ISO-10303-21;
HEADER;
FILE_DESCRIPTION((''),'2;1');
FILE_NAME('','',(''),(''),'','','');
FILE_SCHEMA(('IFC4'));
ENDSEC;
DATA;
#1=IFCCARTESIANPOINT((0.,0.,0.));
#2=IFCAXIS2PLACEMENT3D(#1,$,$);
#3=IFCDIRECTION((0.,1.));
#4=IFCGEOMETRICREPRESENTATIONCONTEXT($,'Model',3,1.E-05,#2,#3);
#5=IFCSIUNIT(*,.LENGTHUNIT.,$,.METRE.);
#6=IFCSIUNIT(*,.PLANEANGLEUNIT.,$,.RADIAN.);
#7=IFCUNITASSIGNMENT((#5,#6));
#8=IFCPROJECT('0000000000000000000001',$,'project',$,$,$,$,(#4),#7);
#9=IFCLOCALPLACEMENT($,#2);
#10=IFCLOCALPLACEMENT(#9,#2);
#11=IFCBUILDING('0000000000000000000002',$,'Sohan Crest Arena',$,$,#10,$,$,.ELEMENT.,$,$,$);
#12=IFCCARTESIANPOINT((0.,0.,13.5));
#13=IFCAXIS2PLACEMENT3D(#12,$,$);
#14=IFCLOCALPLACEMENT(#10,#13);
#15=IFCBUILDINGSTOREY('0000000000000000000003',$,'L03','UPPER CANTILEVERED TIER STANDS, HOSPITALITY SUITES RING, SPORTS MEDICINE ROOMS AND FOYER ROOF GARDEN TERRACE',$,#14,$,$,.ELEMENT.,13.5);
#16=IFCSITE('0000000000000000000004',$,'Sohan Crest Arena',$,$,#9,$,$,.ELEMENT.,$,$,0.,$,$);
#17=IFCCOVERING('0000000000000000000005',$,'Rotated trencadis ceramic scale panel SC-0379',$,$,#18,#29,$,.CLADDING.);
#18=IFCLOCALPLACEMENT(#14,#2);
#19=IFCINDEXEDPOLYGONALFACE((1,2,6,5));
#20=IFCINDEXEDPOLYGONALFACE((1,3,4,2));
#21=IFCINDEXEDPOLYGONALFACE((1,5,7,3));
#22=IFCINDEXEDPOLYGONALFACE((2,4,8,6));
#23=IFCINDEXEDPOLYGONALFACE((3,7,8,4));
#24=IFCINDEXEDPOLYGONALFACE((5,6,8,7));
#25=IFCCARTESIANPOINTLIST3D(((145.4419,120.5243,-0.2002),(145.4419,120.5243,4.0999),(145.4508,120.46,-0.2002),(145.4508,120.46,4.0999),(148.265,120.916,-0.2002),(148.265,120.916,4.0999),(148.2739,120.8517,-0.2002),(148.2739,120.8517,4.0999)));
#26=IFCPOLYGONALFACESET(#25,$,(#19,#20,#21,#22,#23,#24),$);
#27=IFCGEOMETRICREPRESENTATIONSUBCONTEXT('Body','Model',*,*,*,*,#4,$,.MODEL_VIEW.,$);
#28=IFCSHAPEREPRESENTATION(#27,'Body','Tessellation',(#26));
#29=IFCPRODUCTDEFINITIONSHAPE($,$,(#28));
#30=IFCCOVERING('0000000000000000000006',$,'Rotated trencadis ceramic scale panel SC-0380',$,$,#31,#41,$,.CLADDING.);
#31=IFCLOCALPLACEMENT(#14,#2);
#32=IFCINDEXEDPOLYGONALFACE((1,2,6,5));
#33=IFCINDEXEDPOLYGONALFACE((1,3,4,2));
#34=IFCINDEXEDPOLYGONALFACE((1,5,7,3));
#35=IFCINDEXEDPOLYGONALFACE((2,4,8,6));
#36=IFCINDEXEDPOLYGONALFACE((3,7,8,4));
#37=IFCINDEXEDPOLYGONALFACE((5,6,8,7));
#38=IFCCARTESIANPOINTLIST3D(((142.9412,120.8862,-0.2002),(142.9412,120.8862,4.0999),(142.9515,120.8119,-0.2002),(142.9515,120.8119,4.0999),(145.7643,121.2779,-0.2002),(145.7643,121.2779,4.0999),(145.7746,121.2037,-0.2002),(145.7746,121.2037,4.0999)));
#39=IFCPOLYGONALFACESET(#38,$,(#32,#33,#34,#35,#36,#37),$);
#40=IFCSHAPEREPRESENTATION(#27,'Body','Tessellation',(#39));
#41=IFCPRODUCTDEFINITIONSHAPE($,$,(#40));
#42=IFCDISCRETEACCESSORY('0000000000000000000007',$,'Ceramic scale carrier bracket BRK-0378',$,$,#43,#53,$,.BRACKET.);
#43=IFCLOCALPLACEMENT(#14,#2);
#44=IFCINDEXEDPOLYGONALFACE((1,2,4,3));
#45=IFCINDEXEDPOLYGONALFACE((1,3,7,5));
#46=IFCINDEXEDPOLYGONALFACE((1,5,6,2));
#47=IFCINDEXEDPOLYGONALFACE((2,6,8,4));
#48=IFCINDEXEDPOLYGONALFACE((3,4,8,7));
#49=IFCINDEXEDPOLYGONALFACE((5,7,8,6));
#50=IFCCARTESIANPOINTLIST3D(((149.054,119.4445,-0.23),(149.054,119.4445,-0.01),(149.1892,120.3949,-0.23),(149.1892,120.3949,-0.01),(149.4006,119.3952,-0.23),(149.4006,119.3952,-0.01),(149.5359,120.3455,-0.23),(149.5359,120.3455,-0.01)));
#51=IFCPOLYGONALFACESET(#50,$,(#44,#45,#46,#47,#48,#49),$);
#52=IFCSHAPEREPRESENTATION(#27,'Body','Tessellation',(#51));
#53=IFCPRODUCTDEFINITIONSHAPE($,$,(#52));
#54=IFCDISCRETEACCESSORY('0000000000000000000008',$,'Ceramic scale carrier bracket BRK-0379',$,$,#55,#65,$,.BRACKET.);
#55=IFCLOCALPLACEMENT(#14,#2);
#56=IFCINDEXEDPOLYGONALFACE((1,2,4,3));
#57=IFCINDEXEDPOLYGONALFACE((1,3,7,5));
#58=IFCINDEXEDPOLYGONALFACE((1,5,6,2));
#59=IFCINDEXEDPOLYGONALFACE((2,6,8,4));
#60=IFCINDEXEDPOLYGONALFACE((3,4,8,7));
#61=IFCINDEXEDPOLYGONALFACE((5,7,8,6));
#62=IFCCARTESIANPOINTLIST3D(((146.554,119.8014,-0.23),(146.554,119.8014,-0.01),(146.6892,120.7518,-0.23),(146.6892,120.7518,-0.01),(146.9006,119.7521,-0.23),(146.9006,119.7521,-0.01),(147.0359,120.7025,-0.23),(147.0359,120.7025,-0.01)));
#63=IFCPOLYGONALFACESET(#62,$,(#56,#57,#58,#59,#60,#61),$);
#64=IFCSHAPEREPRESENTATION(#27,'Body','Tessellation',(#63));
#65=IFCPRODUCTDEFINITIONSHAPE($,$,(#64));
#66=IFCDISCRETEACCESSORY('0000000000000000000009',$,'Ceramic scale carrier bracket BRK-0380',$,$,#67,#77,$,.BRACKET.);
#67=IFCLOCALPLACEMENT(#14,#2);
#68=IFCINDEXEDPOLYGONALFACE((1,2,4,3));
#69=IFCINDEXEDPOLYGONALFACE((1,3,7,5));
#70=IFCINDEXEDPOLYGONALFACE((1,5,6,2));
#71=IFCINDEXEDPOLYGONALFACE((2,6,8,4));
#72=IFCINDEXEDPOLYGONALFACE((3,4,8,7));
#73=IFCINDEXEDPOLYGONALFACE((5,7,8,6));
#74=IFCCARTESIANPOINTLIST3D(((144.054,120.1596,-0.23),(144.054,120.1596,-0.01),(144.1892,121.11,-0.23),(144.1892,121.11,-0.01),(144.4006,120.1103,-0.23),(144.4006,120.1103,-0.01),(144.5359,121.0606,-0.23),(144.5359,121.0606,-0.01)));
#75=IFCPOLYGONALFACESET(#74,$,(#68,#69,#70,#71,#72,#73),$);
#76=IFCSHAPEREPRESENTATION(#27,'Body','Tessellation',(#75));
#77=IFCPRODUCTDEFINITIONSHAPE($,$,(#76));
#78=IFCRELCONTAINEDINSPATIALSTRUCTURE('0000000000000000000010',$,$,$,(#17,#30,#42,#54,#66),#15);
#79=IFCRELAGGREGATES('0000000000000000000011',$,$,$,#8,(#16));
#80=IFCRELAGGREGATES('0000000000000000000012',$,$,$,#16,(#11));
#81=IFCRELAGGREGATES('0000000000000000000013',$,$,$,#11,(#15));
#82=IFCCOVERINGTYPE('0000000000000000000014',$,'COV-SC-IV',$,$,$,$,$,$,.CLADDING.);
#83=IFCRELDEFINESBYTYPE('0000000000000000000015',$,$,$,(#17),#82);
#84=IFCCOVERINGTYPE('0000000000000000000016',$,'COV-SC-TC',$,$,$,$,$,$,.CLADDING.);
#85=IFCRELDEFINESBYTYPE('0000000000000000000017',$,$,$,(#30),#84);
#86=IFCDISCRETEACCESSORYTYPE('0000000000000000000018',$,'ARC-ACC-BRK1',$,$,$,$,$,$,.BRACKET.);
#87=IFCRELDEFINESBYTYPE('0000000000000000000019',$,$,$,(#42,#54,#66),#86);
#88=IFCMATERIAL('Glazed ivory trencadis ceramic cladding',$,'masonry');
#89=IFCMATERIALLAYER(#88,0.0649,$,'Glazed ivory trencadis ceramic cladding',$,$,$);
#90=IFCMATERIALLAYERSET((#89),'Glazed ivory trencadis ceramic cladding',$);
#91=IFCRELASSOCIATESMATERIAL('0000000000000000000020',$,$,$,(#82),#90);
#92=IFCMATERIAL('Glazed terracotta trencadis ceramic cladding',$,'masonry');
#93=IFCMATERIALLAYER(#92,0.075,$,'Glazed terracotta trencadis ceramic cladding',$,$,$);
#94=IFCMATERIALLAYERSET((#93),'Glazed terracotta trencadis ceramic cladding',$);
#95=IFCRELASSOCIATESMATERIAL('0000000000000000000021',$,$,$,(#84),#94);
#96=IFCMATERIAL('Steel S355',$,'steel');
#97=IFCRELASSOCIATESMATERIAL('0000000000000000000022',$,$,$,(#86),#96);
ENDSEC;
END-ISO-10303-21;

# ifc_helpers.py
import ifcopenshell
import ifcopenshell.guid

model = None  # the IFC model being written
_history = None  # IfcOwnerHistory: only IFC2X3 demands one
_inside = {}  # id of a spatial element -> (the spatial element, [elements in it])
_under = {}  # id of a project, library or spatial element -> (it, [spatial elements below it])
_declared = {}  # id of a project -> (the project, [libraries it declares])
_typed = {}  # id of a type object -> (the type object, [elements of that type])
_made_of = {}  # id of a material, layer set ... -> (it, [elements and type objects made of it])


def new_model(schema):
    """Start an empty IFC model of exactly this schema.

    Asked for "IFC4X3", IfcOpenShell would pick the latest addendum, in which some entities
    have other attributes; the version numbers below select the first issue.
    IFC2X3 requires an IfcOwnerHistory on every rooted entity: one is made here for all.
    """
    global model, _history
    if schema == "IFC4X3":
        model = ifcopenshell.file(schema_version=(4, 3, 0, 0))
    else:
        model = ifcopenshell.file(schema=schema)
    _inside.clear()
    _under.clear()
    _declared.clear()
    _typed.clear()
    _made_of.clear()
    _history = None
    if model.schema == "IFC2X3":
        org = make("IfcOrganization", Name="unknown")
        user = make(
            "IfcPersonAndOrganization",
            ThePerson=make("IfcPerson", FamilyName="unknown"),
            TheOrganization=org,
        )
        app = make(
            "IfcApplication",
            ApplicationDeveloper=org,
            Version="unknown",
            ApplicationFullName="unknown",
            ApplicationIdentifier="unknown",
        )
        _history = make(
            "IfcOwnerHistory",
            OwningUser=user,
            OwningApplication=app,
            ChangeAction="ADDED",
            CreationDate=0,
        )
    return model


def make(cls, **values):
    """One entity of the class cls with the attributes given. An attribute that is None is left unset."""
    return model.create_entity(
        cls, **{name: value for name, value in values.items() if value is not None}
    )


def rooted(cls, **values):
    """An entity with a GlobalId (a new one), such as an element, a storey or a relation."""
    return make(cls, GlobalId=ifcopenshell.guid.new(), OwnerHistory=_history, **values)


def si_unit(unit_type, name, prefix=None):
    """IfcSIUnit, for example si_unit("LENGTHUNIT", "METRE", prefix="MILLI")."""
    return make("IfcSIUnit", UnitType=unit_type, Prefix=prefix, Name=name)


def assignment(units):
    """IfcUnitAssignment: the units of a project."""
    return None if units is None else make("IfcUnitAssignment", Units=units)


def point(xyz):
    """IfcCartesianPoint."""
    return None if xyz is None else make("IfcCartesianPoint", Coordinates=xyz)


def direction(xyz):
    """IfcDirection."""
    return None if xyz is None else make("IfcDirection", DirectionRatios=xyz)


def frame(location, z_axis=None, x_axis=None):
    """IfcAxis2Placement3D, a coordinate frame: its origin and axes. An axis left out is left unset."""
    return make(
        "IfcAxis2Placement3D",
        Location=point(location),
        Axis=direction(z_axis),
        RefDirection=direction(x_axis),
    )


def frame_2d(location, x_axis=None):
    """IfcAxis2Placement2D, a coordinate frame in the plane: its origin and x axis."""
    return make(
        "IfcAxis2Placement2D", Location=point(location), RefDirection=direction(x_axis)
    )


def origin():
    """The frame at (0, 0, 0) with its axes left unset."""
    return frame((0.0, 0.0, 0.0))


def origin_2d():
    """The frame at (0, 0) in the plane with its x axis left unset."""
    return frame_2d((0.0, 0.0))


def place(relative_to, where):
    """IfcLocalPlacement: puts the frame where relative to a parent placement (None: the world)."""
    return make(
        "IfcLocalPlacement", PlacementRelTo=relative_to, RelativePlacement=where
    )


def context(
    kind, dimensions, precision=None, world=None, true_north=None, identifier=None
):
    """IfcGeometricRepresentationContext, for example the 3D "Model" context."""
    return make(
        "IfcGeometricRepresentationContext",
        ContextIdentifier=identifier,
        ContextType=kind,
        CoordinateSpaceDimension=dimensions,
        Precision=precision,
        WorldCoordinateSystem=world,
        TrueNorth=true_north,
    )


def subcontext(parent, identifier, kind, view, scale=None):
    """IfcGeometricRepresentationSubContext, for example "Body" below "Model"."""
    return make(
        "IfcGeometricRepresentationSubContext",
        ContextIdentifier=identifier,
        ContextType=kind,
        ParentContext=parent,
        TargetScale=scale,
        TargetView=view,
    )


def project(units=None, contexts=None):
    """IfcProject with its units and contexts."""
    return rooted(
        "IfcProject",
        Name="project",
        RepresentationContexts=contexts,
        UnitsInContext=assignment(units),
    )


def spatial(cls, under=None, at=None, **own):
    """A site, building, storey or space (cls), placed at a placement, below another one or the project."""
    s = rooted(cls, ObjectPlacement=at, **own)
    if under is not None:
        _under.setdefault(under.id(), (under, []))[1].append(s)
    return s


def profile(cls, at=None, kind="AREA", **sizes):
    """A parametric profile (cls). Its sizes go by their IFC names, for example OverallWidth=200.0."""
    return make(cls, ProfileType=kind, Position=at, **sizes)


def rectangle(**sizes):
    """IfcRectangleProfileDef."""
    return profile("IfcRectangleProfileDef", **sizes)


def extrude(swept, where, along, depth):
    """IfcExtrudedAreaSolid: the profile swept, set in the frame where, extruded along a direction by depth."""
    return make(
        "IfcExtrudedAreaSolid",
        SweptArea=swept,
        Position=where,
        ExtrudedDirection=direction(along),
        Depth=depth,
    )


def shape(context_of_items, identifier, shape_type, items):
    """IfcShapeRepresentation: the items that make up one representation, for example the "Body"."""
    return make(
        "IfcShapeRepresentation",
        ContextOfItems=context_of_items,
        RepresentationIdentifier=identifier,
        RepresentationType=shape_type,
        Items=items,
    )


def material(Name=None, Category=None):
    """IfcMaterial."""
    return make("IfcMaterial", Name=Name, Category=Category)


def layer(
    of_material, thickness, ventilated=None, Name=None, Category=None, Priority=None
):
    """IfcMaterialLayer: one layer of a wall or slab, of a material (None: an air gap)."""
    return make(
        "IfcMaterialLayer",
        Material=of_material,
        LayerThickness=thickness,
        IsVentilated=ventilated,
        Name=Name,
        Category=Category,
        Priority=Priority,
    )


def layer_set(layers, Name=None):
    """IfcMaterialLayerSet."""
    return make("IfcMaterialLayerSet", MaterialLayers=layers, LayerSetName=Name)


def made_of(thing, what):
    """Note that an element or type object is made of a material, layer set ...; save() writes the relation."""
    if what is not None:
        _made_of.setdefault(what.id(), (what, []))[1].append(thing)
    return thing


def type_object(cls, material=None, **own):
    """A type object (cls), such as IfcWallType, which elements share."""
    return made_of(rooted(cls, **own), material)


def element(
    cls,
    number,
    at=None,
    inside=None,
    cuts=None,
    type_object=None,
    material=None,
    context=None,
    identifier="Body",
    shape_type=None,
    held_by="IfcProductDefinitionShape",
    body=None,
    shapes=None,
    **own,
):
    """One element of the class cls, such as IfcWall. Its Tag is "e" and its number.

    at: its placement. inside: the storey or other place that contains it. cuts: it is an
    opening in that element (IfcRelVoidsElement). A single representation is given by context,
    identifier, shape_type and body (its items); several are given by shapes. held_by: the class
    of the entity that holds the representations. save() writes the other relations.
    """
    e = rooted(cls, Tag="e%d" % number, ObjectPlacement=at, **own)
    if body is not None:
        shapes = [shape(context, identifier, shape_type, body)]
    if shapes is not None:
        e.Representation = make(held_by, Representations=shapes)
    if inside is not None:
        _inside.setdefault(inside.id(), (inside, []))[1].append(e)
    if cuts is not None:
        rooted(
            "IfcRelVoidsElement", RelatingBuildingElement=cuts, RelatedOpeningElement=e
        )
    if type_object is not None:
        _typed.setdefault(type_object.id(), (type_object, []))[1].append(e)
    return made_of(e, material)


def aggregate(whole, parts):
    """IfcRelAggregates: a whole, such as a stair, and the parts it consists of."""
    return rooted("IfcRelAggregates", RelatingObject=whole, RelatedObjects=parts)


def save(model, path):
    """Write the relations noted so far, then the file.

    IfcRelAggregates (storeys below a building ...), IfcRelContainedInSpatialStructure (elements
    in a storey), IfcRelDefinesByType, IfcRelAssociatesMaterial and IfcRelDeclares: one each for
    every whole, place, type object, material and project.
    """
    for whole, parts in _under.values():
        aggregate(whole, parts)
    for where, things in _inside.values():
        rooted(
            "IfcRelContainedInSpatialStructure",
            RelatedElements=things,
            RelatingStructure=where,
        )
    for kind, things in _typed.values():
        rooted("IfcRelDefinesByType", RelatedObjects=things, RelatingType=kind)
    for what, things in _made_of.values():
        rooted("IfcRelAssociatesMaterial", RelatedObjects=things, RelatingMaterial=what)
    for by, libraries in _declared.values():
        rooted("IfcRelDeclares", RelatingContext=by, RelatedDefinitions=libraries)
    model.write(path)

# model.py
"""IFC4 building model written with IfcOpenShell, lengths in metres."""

from ifc_helpers import new_model, si_unit, direction, frame, origin, origin_2d, place, context, subcontext, project, spatial, rectangle, extrude, material, layer, layer_set, type_object, element, save


model = new_model("IFC4")

# Units and contexts
model_context = context("Model", 3, precision=1e-05, world=origin(), true_north=direction((0.0, 1.0)))
body_context = subcontext(model_context, "Body", "Model", "MODEL_VIEW")
ifc_project = project(units=[si_unit("LENGTHUNIT", "METRE"), si_unit("PLANEANGLEUNIT", "RADIAN")], contexts=[model_context])

# Site, building, storey
site_placement = place(None, origin())
site = spatial("IfcSite", under=ifc_project, at=site_placement, Name="Sohan Crest Arena", CompositionType="ELEMENT", RefElevation=0.0)
building_placement = place(site_placement, origin())
building = spatial("IfcBuilding", under=site, at=building_placement, Name="Sohan Crest Arena", CompositionType="ELEMENT")
storey_placement = place(building_placement, frame((0.0, 0.0, 13.5)))
storey = spatial("IfcBuildingStorey", under=building, at=storey_placement, Name="L03", Description="UPPER CANTILEVERED TIER STANDS, HOSPITALITY SUITES RING, SPORTS MEDICINE ROOMS AND FOYER ROOF GARDEN TERRACE", CompositionType="ELEMENT", Elevation=13.5)

# Coverings
ifc_material_1 = material(Name="Glazed ivory trencadis ceramic cladding", Category="masonry")
ifc_layer_1 = layer(ifc_material_1, 0.0649, Name="Glazed ivory trencadis ceramic cladding")
ifc_layer_set_1 = layer_set([ifc_layer_1], Name="Glazed ivory trencadis ceramic cladding")
covering_type_1 = type_object("IfcCoveringType", Name="COV-SC-IV", PredefinedType="CLADDING", material=ifc_layer_set_1)
for number, where, z_axis, x_axis, name in (
    (1, (146.8579, 120.688, -0.2002), (0.0, 0.0, 1.0), (-0.990509, -0.137445, 0.0), "Rotated trencadis ceramic scale panel SC-0379"),
):
    element("IfcCovering", number, at=place(storey_placement, frame(where, z_axis=z_axis, x_axis=x_axis)), inside=storey, type_object=covering_type_1, Name=name, PredefinedType="CLADDING", context=body_context, shape_type="SweptSolid", body=[
        extrude(rectangle(XDim=2.8501, YDim=0.0649, at=origin_2d()), origin(), (0.0, 0.0, 1.0), 4.3),
    ])
ifc_material_2 = material(Name="Glazed terracotta trencadis ceramic cladding", Category="masonry")
ifc_layer_2 = layer(ifc_material_2, 0.075, Name="Glazed terracotta trencadis ceramic cladding")
ifc_layer_set_2 = layer_set([ifc_layer_2], Name="Glazed terracotta trencadis ceramic cladding")
covering_type_2 = type_object("IfcCoveringType", Name="COV-SC-TC", PredefinedType="CLADDING", material=ifc_layer_set_2)
covering_placement = place(storey_placement, frame((144.3579, 121.0449, -0.2002), z_axis=(0.0, 0.0, 1.0), x_axis=(-0.990509, -0.137445, 0.0)))
element("IfcCovering", 2, at=covering_placement, inside=storey, type_object=covering_type_2, Name="Rotated trencadis ceramic scale panel SC-0380", PredefinedType="CLADDING", context=body_context, shape_type="SweptSolid", body=[
    extrude(rectangle(XDim=2.8501, YDim=0.075, at=origin_2d()), origin(), (0.0, 0.0, 1.0), 4.3),
])

# Discrete accessories
ifc_material_3 = material(Name="Steel S355", Category="steel")
discrete_accessory_type = type_object("IfcDiscreteAccessoryType", Name="ARC-ACC-BRK1", PredefinedType="BRACKET", material=ifc_material_3)
for number, where, z_axis, x_axis, name in (
    (3, (149.2949, 119.895, -0.23), (0.0, 0.0, 1.0), (-0.990024, 0.140901, 0.0), "Ceramic scale carrier bracket BRK-0378"),
    (4, (146.7949, 120.252, -0.23), (0.0, 0.0, 1.0), (-0.990024, 0.140901, 0.0), "Ceramic scale carrier bracket BRK-0379"),
    (5, (144.2949, 120.6101, -0.23), (0.0, 0.0, 1.0), (-0.990024, 0.140901, 0.0), "Ceramic scale carrier bracket BRK-0380"),
):
    element("IfcDiscreteAccessory", number, at=place(storey_placement, frame(where, z_axis=z_axis, x_axis=x_axis)), inside=storey, type_object=discrete_accessory_type, Name=name, PredefinedType="BRACKET", context=body_context, shape_type="SweptSolid", body=[
        extrude(rectangle(XDim=0.3501, YDim=0.96, at=origin_2d()), origin(), (0.0, 0.0, 1.0), 0.22),
    ])

save(model, "model.ifc")
